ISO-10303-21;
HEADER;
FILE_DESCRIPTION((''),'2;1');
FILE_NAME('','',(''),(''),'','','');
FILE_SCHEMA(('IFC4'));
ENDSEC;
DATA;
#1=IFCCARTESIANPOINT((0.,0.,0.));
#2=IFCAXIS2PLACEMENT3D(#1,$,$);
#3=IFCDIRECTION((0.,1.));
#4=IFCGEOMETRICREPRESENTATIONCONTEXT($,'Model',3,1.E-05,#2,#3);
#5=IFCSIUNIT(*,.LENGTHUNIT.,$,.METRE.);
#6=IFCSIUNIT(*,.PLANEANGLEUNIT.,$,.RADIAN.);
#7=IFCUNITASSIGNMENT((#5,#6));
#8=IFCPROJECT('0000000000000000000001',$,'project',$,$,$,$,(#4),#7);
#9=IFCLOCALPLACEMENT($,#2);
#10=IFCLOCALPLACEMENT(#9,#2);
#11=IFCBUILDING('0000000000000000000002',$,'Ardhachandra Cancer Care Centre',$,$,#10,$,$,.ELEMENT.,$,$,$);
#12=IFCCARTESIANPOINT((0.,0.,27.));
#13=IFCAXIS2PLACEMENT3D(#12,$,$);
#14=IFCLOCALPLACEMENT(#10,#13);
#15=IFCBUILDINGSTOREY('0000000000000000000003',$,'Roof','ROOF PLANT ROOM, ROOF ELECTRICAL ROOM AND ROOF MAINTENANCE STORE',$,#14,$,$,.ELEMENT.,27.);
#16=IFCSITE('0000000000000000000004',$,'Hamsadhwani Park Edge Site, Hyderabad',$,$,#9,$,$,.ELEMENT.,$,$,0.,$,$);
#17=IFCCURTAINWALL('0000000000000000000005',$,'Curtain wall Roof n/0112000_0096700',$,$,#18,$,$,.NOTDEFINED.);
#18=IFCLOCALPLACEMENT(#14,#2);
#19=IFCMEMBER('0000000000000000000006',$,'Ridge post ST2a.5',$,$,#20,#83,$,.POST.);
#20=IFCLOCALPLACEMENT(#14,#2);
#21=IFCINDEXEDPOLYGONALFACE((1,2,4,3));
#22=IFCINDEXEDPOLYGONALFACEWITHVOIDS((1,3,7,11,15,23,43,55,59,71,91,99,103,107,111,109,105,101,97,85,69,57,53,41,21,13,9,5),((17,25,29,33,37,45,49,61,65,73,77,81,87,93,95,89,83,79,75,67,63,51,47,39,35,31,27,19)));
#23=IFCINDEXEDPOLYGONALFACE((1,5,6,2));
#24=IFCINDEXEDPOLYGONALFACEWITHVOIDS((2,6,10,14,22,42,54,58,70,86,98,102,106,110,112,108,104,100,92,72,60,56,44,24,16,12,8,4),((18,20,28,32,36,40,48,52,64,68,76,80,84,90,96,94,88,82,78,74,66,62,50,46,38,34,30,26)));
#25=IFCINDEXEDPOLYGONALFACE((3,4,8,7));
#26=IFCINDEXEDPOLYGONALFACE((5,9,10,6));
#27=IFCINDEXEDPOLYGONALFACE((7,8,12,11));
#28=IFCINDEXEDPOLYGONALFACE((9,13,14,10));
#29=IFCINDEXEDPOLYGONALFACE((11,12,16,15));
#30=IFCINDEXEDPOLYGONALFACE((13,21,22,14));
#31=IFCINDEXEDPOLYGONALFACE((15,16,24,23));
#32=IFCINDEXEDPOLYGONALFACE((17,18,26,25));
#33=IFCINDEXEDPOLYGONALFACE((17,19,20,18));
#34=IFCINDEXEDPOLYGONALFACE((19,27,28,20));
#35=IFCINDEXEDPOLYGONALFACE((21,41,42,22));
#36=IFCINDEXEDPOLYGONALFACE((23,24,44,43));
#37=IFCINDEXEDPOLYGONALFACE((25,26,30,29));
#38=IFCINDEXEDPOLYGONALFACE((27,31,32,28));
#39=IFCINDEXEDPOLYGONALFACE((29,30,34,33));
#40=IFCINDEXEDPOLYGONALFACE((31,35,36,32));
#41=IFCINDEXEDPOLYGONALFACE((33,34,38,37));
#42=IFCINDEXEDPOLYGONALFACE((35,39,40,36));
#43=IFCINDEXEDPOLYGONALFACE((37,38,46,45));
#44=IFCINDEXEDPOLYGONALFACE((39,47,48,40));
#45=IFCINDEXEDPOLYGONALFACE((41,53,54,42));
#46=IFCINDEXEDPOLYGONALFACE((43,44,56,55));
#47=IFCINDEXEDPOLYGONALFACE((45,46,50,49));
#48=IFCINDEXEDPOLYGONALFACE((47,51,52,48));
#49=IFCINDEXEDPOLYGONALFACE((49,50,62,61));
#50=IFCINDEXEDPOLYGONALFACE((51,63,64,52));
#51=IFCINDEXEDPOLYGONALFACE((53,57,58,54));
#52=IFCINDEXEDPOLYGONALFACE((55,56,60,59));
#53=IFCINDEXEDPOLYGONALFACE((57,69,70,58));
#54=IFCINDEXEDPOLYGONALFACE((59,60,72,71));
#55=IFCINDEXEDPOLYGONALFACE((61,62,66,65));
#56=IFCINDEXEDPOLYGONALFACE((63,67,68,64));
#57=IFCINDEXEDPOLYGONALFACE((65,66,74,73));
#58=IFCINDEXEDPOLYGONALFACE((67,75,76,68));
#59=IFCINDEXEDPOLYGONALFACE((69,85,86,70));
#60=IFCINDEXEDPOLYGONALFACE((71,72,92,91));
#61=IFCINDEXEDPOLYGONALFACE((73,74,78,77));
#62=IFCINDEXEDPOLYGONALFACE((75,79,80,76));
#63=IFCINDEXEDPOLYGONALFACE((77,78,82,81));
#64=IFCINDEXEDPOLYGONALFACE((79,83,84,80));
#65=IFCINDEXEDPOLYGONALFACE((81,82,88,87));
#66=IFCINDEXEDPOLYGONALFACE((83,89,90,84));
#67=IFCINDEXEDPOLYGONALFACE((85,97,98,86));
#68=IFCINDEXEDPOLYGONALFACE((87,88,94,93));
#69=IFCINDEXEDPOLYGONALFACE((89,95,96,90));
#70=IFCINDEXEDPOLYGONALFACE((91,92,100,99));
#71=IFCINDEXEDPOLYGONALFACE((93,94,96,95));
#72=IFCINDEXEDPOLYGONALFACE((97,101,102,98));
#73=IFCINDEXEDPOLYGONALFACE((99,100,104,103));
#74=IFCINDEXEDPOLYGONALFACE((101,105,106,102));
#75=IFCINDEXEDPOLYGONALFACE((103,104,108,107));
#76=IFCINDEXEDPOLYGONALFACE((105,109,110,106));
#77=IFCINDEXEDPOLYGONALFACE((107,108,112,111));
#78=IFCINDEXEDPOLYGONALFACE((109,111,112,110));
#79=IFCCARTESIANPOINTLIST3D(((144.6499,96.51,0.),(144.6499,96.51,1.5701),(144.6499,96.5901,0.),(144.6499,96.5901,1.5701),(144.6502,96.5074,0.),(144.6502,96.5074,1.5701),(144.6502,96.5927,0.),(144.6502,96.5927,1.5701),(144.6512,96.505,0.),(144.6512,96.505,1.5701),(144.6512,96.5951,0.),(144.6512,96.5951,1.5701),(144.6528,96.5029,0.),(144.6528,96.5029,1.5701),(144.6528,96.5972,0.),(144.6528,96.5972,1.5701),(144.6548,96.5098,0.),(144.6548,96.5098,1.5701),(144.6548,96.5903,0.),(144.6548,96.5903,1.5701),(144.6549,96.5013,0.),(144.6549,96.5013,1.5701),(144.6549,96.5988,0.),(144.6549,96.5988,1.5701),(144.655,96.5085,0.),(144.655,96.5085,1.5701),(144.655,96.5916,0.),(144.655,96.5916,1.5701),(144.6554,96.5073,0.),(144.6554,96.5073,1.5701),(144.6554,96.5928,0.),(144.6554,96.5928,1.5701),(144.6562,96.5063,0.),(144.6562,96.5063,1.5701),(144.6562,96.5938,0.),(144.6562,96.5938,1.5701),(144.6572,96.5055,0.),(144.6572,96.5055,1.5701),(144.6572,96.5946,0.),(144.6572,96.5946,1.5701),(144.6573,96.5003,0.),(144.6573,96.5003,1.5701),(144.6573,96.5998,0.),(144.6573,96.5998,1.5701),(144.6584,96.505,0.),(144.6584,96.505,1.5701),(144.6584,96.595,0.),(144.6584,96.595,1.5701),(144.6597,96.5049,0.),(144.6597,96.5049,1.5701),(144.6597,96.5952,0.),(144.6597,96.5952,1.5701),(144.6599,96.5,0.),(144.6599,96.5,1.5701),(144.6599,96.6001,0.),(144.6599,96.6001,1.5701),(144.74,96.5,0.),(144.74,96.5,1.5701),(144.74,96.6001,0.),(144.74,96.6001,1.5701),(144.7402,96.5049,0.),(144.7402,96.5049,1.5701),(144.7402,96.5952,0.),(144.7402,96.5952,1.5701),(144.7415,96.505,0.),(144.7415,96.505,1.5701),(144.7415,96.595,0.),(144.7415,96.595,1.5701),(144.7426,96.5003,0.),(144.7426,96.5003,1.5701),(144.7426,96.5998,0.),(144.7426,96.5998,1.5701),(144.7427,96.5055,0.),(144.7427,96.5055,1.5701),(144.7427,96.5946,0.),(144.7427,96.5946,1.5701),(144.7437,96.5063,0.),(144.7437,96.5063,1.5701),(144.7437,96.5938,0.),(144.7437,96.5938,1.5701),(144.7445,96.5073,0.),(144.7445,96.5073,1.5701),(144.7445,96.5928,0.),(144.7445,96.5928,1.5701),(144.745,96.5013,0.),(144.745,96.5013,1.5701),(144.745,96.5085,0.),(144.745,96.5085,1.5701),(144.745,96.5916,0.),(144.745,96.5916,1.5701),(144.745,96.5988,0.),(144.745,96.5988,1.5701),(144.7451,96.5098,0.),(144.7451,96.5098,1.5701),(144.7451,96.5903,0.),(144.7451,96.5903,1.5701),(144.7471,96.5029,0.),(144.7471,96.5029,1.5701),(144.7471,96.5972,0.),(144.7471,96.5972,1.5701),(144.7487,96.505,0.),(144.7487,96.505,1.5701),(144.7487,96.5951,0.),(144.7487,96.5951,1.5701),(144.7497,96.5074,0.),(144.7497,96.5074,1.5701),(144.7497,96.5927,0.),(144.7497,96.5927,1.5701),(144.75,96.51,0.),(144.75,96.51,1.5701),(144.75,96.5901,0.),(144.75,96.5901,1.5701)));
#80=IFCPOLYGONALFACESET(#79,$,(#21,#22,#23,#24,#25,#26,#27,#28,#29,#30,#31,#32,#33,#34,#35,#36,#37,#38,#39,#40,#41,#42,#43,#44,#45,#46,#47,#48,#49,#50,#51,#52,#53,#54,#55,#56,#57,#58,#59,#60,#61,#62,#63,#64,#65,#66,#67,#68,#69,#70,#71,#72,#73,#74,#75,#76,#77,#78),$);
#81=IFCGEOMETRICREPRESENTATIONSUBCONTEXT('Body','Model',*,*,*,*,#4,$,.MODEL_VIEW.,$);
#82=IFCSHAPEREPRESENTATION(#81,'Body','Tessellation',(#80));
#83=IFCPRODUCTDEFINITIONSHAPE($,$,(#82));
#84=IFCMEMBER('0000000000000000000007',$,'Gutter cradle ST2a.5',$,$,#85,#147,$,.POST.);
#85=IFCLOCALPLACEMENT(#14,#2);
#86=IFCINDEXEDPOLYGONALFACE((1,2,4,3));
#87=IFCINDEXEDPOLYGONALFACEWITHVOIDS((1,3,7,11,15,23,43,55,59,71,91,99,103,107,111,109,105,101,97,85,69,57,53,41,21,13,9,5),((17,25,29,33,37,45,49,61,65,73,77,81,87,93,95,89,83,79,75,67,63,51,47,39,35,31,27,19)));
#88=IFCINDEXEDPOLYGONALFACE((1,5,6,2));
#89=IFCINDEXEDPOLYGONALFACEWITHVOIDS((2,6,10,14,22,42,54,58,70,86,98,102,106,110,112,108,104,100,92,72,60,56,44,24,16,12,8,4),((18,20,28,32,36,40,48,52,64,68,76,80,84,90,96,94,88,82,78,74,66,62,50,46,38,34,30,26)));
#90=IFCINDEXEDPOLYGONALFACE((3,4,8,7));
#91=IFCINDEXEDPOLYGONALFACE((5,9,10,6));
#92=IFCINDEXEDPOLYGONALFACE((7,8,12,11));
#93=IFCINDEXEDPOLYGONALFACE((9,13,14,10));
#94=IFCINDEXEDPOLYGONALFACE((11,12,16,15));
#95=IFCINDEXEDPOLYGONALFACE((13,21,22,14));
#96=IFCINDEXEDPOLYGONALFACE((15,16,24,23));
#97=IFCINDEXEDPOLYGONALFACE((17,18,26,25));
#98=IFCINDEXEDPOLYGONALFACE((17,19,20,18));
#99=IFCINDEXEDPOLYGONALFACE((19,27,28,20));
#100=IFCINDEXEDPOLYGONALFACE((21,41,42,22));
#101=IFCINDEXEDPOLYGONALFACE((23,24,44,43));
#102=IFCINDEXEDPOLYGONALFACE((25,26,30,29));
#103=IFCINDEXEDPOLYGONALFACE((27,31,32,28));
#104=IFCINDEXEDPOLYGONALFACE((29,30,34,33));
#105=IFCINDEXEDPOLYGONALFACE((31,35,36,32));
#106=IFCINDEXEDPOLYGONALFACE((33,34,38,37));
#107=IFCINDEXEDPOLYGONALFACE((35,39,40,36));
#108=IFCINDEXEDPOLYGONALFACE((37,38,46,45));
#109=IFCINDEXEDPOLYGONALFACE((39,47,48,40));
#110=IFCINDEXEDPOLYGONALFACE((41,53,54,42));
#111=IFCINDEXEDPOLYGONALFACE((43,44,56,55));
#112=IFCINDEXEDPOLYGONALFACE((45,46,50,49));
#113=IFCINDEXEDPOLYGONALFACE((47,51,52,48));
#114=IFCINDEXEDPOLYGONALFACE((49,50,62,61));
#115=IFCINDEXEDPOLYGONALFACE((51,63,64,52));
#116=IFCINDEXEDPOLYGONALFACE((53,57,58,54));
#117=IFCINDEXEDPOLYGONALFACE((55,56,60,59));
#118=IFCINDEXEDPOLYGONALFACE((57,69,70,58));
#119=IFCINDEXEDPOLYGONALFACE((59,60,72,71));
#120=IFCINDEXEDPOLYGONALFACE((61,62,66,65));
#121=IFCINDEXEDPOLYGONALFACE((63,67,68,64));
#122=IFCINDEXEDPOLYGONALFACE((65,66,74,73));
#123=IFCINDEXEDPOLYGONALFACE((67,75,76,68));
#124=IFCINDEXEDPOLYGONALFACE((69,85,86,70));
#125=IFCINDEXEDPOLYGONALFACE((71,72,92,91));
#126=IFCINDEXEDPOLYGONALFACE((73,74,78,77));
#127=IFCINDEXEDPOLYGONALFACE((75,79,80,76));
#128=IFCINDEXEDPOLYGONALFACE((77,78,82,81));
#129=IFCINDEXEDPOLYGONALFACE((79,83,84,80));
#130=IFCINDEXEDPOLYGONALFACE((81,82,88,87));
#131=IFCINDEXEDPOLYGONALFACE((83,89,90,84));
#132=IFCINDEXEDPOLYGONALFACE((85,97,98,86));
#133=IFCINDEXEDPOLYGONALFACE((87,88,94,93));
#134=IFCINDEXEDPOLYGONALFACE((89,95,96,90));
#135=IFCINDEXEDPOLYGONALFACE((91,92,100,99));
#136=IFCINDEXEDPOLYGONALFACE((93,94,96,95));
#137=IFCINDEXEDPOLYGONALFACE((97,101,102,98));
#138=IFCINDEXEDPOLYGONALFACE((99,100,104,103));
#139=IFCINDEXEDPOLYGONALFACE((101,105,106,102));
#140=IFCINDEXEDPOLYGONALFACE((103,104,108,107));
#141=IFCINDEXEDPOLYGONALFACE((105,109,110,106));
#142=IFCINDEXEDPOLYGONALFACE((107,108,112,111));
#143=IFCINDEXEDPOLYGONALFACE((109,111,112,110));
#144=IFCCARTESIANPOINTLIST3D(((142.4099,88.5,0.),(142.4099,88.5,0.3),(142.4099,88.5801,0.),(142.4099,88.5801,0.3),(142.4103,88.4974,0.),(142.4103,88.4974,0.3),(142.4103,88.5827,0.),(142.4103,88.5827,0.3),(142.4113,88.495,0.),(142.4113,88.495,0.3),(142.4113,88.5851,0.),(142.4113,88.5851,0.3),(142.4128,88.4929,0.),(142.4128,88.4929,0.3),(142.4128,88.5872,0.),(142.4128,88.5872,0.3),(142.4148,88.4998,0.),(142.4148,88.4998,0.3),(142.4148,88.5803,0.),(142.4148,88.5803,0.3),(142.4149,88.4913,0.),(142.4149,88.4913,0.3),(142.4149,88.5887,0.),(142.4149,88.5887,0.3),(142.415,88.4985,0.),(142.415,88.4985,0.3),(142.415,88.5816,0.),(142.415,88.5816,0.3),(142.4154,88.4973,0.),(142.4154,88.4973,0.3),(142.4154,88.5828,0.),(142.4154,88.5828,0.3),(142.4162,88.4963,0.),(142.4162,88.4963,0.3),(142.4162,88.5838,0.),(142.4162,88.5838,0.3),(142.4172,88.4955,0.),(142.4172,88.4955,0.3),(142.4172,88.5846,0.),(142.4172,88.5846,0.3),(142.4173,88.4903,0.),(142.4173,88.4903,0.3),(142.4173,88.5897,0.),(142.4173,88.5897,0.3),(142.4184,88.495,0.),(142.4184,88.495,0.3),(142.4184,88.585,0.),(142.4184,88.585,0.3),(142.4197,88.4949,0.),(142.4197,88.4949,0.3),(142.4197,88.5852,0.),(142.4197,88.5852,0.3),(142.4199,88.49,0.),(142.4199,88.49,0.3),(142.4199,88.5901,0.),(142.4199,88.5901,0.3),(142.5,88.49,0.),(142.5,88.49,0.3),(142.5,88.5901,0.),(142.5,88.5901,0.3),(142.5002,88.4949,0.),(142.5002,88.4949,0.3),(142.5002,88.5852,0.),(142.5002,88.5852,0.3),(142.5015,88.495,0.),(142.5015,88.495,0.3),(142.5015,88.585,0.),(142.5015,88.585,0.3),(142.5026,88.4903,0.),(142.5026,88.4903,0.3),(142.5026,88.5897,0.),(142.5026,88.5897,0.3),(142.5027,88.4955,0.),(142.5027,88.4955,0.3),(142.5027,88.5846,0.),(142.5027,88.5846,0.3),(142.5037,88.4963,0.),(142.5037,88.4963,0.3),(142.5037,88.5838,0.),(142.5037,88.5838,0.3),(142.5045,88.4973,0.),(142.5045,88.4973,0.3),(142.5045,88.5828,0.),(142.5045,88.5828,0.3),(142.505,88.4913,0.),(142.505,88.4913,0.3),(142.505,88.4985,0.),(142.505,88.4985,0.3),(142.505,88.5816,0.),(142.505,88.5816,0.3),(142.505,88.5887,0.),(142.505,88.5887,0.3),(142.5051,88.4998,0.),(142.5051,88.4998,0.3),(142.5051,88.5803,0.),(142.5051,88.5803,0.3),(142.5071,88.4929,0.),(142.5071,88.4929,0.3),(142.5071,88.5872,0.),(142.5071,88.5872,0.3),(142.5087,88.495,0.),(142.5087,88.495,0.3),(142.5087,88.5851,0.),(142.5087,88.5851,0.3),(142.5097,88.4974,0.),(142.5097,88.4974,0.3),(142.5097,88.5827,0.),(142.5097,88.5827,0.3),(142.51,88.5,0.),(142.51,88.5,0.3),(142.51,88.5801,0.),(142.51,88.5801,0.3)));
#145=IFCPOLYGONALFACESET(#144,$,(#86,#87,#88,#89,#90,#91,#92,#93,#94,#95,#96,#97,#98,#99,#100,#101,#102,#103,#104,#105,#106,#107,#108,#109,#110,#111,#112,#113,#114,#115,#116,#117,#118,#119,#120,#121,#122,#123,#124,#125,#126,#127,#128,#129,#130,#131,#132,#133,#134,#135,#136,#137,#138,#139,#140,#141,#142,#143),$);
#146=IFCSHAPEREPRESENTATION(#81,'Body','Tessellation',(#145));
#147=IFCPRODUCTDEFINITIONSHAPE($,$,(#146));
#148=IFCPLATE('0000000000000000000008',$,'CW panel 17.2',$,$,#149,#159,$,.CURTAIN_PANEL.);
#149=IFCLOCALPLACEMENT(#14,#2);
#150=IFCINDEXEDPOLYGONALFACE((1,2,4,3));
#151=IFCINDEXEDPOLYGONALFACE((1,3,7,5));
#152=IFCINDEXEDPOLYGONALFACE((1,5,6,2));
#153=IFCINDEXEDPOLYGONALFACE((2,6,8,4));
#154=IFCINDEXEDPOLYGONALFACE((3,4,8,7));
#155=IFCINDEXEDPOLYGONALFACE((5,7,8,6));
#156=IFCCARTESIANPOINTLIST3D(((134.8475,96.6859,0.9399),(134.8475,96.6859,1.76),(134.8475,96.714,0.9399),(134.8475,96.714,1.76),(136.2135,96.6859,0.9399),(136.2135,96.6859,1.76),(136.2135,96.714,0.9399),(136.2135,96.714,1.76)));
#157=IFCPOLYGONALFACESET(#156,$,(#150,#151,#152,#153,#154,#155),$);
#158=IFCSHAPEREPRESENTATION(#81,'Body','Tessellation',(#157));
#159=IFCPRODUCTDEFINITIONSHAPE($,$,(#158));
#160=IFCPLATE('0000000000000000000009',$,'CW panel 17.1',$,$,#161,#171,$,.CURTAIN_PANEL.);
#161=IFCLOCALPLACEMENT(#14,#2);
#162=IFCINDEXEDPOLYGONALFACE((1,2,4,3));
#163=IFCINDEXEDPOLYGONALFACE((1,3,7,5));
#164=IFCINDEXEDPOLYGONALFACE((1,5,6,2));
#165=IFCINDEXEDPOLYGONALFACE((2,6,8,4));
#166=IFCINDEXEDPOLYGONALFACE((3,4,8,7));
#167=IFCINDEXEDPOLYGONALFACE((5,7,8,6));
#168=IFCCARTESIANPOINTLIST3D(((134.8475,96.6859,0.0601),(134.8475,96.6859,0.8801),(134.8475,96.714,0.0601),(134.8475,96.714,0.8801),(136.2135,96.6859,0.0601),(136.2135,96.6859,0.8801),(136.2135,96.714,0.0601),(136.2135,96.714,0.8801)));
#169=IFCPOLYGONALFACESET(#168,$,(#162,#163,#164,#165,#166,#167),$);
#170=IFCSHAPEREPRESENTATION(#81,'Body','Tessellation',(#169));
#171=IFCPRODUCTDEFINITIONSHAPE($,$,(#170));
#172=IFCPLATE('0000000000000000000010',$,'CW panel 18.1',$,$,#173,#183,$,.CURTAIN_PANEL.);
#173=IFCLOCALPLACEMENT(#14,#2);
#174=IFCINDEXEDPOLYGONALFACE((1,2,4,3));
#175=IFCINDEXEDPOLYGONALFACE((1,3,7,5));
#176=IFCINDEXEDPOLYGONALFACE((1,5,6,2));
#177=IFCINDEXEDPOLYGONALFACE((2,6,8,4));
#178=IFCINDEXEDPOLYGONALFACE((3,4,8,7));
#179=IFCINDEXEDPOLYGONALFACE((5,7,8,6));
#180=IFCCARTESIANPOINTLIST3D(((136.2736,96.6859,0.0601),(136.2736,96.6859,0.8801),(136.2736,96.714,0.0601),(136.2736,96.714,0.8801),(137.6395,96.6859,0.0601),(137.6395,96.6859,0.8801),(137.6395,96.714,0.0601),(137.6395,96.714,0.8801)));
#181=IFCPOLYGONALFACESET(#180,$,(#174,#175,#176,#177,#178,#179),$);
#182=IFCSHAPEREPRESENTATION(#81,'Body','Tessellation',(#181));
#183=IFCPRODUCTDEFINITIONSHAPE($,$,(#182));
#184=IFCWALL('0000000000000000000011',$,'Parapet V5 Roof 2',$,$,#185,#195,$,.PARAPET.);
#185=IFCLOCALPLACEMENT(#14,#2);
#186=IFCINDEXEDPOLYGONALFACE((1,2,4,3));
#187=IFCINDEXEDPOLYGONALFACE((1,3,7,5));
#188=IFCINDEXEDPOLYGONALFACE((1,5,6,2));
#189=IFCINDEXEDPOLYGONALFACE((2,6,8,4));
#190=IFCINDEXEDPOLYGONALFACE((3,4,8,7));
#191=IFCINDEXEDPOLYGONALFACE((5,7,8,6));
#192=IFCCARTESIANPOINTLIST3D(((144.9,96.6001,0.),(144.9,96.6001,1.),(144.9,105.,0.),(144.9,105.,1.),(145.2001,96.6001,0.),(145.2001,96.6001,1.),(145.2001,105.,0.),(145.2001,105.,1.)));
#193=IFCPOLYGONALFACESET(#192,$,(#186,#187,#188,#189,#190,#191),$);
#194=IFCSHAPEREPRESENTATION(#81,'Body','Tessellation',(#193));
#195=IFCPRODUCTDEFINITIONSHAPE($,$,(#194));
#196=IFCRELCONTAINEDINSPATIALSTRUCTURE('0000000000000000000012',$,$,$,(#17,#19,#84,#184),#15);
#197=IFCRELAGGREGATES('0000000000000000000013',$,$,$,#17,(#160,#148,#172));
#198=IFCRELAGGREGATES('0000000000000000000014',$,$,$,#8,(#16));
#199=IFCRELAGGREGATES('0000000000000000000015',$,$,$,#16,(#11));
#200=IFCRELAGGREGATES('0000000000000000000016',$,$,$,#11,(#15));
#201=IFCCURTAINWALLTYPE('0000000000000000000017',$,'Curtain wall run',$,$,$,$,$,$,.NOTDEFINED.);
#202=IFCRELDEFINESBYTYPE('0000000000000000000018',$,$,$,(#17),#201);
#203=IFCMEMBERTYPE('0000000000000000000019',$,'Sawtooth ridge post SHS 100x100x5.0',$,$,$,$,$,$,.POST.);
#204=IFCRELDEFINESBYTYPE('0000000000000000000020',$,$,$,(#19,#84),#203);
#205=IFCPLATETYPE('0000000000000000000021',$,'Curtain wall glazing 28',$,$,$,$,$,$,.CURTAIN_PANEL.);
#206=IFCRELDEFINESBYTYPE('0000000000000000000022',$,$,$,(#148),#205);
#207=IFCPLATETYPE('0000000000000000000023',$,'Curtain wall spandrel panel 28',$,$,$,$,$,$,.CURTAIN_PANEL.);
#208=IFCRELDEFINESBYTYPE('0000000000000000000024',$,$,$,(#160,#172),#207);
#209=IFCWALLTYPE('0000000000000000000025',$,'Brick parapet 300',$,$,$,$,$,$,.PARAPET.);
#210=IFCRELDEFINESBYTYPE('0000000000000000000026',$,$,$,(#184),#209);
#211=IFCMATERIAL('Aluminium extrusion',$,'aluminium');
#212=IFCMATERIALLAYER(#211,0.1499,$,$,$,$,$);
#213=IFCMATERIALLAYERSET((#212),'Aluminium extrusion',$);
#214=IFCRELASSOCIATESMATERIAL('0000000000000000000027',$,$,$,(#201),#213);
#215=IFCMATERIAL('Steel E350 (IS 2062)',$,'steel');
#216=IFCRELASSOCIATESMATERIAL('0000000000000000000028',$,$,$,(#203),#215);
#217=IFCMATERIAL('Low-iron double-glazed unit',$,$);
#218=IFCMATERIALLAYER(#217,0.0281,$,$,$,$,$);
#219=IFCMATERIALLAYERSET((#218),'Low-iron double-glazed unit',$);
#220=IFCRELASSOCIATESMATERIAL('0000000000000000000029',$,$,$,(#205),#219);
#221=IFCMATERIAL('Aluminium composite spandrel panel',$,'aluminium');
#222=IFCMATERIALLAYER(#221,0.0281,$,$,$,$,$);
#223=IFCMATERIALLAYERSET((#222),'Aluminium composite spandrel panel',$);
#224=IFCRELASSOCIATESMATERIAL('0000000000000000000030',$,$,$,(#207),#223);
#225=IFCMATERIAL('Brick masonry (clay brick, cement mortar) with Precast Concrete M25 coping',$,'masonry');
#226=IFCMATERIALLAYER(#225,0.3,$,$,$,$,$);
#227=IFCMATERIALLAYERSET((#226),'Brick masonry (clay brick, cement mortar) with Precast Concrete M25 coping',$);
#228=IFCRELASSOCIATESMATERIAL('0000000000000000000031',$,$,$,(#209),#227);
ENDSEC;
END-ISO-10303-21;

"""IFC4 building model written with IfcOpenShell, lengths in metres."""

from ifc_helpers import new_model, si_unit, direction, frame, frame_2d, origin, origin_2d, place, context, subcontext, project, spatial, rectangle, hollow_rectangle, extrude, material, layer, layer_set, material_profile, profile_set, type_object, element, aggregate, save


model = new_model("IFC4")

# Units and contexts
model_context = context("Model", 3, precision=1e-05, world=origin(), true_north=direction((0.0, 1.0)))
body_context = subcontext(model_context, "Body", "Model", "MODEL_VIEW")
ifc_project = project(units=[si_unit("LENGTHUNIT", "METRE"), si_unit("PLANEANGLEUNIT", "RADIAN")], contexts=[model_context])

# Site, building, storey
site_placement = place(None, origin())
site = spatial("IfcSite", under=ifc_project, at=site_placement, Name="Hamsadhwani Park Edge Site, Hyderabad", CompositionType="ELEMENT", RefElevation=0.0)
building_placement = place(site_placement, origin())
building = spatial("IfcBuilding", under=site, at=building_placement, Name="Ardhachandra Cancer Care Centre", CompositionType="ELEMENT")
storey_placement = place(building_placement, frame((0.0, 0.0, 27.0)))
storey = spatial("IfcBuildingStorey", under=building, at=storey_placement, Name="Roof", Description="ROOF PLANT ROOM, ROOF ELECTRICAL ROOM AND ROOF MAINTENANCE STORE", CompositionType="ELEMENT", Elevation=27.0)

# Curtain wall
ifc_material_1 = material(Name="Aluminium extrusion", Category="aluminium")
ifc_layer_1 = layer(ifc_material_1, 0.1499)
ifc_layer_set_1 = layer_set([ifc_layer_1], Name="Aluminium extrusion")
curtain_wall_type = type_object("IfcCurtainWallType", Name="Curtain wall run", PredefinedType="NOTDEFINED", material=ifc_layer_set_1)
curtain_wall_placement = place(storey_placement, origin())
curtain_wall = element("IfcCurtainWall", 1, at=curtain_wall_placement, inside=storey, type_object=curtain_wall_type, Name="Curtain wall Roof n/0112000_0096700", PredefinedType="NOTDEFINED")

# Members
ifc_material_2 = material(Name="Steel E350 (IS 2062)", Category="steel")
ifc_material_profile_1 = material_profile(ifc_material_2, hollow_rectangle(XDim=0.1001, YDim=0.1001, WallThickness=0.0049, InnerFilletRadius=0.0049, OuterFilletRadius=0.01, at=origin_2d()), Name="SHS 100x100x5.0")
ifc_profile_set_1 = profile_set([ifc_material_profile_1], Name="Steel E350 (IS 2062)")
member_type_1 = type_object("IfcMemberType", Name="Sawtooth ridge post SHS 100x100x5.0", PredefinedType="POST", material=ifc_profile_set_1)
for number, where, z_axis, x_axis, name in (
    (2, (144.7, 96.55, 0.0), (0.0, 0.0, 1.0), (1.0, 0.0, 0.0), "Ridge post ST2a.5"),
):
    element("IfcMember", number, at=place(storey_placement, frame(where, z_axis=z_axis, x_axis=x_axis)), inside=storey, type_object=member_type_1, Name=name, PredefinedType="POST", context=body_context, shape_type="SweptSolid", body=[
        extrude(hollow_rectangle(XDim=0.1001, YDim=0.1001, WallThickness=0.0049, InnerFilletRadius=0.0049, OuterFilletRadius=0.01, at=origin_2d()), origin(), (0.0, 0.0, 1.0), 1.5701),
    ])
member_1_placement = place(storey_placement, frame((142.46, 88.54, 0.0), z_axis=(0.0, 0.0, 1.0), x_axis=(1.0, 0.0, 0.0)))
element("IfcMember", 3, at=member_1_placement, inside=storey, type_object=member_type_1, Name="Gutter cradle ST2a.5", PredefinedType="POST", context=body_context, shape_type="SweptSolid", body=[
    extrude(hollow_rectangle(XDim=0.1001, YDim=0.1001, WallThickness=0.0049, InnerFilletRadius=0.0049, OuterFilletRadius=0.01, at=origin_2d()), origin(), (0.0, 0.0, 1.0), 0.3),
])

# Plates
ifc_material_3 = material(Name="Low-iron double-glazed unit")
ifc_layer_2 = layer(ifc_material_3, 0.0281)
ifc_layer_set_2 = layer_set([ifc_layer_2], Name="Low-iron double-glazed unit")
plate_type_1 = type_object("IfcPlateType", Name="Curtain wall glazing 28", PredefinedType="CURTAIN_PANEL", material=ifc_layer_set_2)
plate_1_placement = place(storey_placement, frame((135.5305, 96.7, 0.9399), z_axis=(0.0, 0.0, 1.0), x_axis=(1.0, 0.0, 0.0)))
plate_1 = element("IfcPlate", 4, at=plate_1_placement, type_object=plate_type_1, Name="CW panel 17.2", PredefinedType="CURTAIN_PANEL", context=body_context, shape_type="SweptSolid", body=[
    extrude(rectangle(XDim=1.366, YDim=0.0281, at=origin_2d()), origin(), (0.0, 0.0, 1.0), 0.8201),
])
ifc_material_4 = material(Name="Aluminium composite spandrel panel", Category="aluminium")
ifc_layer_3 = layer(ifc_material_4, 0.0281)
ifc_layer_set_3 = layer_set([ifc_layer_3], Name="Aluminium composite spandrel panel")
plate_type_2 = type_object("IfcPlateType", Name="Curtain wall spandrel panel 28", PredefinedType="CURTAIN_PANEL", material=ifc_layer_set_3)
plate_2_placement = place(storey_placement, frame((135.5305, 96.7, 0.0601), z_axis=(0.0, 0.0, 1.0), x_axis=(1.0, 0.0, 0.0)))
plate_2 = element("IfcPlate", 5, at=plate_2_placement, type_object=plate_type_2, Name="CW panel 17.1", PredefinedType="CURTAIN_PANEL", context=body_context, shape_type="SweptSolid", body=[
    extrude(rectangle(XDim=1.366, YDim=0.0281, at=origin_2d()), origin(), (0.0, 0.0, 1.0), 0.8201),
])
plate_3_placement = place(storey_placement, frame((136.9565, 96.7, 0.0601), z_axis=(0.0, 0.0, 1.0), x_axis=(1.0, 0.0, 0.0)))
plate_3 = element("IfcPlate", 6, at=plate_3_placement, type_object=plate_type_2, Name="CW panel 18.1", PredefinedType="CURTAIN_PANEL", context=body_context, shape_type="SweptSolid", body=[
    extrude(rectangle(XDim=1.366, YDim=0.0281, at=origin_2d()), origin(), (0.0, 0.0, 1.0), 0.8201),
])
aggregate(curtain_wall, [plate_2, plate_1, plate_3])

# Wall
ifc_material_5 = material(Name="Brick masonry (clay brick, cement mortar) with Precast Concrete M25 coping", Category="masonry")
ifc_layer_4 = layer(ifc_material_5, 0.3)
ifc_layer_set_4 = layer_set([ifc_layer_4], Name="Brick masonry (clay brick, cement mortar) with Precast Concrete M25 coping")
wall_type_1 = type_object("IfcWallType", Name="Brick parapet 300", PredefinedType="PARAPET", material=ifc_layer_set_4)
wall_1_placement = place(storey_placement, frame((145.05, 96.6001, 0.0), z_axis=(0.0, 0.0, 1.0), x_axis=(0.0, 1.0, 0.0)))
element("IfcWall", 7, at=wall_1_placement, inside=storey, type_object=wall_type_1, Name="Parapet V5 Roof 2", PredefinedType="PARAPET", context=body_context, shape_type="SweptSolid", body=[
    extrude(rectangle(XDim=8.3999, YDim=0.3, at=frame_2d((4.2, 0.0))), origin(), (0.0, 0.0, 1.0), 1.0),
])

save(model, "model.ifc")
